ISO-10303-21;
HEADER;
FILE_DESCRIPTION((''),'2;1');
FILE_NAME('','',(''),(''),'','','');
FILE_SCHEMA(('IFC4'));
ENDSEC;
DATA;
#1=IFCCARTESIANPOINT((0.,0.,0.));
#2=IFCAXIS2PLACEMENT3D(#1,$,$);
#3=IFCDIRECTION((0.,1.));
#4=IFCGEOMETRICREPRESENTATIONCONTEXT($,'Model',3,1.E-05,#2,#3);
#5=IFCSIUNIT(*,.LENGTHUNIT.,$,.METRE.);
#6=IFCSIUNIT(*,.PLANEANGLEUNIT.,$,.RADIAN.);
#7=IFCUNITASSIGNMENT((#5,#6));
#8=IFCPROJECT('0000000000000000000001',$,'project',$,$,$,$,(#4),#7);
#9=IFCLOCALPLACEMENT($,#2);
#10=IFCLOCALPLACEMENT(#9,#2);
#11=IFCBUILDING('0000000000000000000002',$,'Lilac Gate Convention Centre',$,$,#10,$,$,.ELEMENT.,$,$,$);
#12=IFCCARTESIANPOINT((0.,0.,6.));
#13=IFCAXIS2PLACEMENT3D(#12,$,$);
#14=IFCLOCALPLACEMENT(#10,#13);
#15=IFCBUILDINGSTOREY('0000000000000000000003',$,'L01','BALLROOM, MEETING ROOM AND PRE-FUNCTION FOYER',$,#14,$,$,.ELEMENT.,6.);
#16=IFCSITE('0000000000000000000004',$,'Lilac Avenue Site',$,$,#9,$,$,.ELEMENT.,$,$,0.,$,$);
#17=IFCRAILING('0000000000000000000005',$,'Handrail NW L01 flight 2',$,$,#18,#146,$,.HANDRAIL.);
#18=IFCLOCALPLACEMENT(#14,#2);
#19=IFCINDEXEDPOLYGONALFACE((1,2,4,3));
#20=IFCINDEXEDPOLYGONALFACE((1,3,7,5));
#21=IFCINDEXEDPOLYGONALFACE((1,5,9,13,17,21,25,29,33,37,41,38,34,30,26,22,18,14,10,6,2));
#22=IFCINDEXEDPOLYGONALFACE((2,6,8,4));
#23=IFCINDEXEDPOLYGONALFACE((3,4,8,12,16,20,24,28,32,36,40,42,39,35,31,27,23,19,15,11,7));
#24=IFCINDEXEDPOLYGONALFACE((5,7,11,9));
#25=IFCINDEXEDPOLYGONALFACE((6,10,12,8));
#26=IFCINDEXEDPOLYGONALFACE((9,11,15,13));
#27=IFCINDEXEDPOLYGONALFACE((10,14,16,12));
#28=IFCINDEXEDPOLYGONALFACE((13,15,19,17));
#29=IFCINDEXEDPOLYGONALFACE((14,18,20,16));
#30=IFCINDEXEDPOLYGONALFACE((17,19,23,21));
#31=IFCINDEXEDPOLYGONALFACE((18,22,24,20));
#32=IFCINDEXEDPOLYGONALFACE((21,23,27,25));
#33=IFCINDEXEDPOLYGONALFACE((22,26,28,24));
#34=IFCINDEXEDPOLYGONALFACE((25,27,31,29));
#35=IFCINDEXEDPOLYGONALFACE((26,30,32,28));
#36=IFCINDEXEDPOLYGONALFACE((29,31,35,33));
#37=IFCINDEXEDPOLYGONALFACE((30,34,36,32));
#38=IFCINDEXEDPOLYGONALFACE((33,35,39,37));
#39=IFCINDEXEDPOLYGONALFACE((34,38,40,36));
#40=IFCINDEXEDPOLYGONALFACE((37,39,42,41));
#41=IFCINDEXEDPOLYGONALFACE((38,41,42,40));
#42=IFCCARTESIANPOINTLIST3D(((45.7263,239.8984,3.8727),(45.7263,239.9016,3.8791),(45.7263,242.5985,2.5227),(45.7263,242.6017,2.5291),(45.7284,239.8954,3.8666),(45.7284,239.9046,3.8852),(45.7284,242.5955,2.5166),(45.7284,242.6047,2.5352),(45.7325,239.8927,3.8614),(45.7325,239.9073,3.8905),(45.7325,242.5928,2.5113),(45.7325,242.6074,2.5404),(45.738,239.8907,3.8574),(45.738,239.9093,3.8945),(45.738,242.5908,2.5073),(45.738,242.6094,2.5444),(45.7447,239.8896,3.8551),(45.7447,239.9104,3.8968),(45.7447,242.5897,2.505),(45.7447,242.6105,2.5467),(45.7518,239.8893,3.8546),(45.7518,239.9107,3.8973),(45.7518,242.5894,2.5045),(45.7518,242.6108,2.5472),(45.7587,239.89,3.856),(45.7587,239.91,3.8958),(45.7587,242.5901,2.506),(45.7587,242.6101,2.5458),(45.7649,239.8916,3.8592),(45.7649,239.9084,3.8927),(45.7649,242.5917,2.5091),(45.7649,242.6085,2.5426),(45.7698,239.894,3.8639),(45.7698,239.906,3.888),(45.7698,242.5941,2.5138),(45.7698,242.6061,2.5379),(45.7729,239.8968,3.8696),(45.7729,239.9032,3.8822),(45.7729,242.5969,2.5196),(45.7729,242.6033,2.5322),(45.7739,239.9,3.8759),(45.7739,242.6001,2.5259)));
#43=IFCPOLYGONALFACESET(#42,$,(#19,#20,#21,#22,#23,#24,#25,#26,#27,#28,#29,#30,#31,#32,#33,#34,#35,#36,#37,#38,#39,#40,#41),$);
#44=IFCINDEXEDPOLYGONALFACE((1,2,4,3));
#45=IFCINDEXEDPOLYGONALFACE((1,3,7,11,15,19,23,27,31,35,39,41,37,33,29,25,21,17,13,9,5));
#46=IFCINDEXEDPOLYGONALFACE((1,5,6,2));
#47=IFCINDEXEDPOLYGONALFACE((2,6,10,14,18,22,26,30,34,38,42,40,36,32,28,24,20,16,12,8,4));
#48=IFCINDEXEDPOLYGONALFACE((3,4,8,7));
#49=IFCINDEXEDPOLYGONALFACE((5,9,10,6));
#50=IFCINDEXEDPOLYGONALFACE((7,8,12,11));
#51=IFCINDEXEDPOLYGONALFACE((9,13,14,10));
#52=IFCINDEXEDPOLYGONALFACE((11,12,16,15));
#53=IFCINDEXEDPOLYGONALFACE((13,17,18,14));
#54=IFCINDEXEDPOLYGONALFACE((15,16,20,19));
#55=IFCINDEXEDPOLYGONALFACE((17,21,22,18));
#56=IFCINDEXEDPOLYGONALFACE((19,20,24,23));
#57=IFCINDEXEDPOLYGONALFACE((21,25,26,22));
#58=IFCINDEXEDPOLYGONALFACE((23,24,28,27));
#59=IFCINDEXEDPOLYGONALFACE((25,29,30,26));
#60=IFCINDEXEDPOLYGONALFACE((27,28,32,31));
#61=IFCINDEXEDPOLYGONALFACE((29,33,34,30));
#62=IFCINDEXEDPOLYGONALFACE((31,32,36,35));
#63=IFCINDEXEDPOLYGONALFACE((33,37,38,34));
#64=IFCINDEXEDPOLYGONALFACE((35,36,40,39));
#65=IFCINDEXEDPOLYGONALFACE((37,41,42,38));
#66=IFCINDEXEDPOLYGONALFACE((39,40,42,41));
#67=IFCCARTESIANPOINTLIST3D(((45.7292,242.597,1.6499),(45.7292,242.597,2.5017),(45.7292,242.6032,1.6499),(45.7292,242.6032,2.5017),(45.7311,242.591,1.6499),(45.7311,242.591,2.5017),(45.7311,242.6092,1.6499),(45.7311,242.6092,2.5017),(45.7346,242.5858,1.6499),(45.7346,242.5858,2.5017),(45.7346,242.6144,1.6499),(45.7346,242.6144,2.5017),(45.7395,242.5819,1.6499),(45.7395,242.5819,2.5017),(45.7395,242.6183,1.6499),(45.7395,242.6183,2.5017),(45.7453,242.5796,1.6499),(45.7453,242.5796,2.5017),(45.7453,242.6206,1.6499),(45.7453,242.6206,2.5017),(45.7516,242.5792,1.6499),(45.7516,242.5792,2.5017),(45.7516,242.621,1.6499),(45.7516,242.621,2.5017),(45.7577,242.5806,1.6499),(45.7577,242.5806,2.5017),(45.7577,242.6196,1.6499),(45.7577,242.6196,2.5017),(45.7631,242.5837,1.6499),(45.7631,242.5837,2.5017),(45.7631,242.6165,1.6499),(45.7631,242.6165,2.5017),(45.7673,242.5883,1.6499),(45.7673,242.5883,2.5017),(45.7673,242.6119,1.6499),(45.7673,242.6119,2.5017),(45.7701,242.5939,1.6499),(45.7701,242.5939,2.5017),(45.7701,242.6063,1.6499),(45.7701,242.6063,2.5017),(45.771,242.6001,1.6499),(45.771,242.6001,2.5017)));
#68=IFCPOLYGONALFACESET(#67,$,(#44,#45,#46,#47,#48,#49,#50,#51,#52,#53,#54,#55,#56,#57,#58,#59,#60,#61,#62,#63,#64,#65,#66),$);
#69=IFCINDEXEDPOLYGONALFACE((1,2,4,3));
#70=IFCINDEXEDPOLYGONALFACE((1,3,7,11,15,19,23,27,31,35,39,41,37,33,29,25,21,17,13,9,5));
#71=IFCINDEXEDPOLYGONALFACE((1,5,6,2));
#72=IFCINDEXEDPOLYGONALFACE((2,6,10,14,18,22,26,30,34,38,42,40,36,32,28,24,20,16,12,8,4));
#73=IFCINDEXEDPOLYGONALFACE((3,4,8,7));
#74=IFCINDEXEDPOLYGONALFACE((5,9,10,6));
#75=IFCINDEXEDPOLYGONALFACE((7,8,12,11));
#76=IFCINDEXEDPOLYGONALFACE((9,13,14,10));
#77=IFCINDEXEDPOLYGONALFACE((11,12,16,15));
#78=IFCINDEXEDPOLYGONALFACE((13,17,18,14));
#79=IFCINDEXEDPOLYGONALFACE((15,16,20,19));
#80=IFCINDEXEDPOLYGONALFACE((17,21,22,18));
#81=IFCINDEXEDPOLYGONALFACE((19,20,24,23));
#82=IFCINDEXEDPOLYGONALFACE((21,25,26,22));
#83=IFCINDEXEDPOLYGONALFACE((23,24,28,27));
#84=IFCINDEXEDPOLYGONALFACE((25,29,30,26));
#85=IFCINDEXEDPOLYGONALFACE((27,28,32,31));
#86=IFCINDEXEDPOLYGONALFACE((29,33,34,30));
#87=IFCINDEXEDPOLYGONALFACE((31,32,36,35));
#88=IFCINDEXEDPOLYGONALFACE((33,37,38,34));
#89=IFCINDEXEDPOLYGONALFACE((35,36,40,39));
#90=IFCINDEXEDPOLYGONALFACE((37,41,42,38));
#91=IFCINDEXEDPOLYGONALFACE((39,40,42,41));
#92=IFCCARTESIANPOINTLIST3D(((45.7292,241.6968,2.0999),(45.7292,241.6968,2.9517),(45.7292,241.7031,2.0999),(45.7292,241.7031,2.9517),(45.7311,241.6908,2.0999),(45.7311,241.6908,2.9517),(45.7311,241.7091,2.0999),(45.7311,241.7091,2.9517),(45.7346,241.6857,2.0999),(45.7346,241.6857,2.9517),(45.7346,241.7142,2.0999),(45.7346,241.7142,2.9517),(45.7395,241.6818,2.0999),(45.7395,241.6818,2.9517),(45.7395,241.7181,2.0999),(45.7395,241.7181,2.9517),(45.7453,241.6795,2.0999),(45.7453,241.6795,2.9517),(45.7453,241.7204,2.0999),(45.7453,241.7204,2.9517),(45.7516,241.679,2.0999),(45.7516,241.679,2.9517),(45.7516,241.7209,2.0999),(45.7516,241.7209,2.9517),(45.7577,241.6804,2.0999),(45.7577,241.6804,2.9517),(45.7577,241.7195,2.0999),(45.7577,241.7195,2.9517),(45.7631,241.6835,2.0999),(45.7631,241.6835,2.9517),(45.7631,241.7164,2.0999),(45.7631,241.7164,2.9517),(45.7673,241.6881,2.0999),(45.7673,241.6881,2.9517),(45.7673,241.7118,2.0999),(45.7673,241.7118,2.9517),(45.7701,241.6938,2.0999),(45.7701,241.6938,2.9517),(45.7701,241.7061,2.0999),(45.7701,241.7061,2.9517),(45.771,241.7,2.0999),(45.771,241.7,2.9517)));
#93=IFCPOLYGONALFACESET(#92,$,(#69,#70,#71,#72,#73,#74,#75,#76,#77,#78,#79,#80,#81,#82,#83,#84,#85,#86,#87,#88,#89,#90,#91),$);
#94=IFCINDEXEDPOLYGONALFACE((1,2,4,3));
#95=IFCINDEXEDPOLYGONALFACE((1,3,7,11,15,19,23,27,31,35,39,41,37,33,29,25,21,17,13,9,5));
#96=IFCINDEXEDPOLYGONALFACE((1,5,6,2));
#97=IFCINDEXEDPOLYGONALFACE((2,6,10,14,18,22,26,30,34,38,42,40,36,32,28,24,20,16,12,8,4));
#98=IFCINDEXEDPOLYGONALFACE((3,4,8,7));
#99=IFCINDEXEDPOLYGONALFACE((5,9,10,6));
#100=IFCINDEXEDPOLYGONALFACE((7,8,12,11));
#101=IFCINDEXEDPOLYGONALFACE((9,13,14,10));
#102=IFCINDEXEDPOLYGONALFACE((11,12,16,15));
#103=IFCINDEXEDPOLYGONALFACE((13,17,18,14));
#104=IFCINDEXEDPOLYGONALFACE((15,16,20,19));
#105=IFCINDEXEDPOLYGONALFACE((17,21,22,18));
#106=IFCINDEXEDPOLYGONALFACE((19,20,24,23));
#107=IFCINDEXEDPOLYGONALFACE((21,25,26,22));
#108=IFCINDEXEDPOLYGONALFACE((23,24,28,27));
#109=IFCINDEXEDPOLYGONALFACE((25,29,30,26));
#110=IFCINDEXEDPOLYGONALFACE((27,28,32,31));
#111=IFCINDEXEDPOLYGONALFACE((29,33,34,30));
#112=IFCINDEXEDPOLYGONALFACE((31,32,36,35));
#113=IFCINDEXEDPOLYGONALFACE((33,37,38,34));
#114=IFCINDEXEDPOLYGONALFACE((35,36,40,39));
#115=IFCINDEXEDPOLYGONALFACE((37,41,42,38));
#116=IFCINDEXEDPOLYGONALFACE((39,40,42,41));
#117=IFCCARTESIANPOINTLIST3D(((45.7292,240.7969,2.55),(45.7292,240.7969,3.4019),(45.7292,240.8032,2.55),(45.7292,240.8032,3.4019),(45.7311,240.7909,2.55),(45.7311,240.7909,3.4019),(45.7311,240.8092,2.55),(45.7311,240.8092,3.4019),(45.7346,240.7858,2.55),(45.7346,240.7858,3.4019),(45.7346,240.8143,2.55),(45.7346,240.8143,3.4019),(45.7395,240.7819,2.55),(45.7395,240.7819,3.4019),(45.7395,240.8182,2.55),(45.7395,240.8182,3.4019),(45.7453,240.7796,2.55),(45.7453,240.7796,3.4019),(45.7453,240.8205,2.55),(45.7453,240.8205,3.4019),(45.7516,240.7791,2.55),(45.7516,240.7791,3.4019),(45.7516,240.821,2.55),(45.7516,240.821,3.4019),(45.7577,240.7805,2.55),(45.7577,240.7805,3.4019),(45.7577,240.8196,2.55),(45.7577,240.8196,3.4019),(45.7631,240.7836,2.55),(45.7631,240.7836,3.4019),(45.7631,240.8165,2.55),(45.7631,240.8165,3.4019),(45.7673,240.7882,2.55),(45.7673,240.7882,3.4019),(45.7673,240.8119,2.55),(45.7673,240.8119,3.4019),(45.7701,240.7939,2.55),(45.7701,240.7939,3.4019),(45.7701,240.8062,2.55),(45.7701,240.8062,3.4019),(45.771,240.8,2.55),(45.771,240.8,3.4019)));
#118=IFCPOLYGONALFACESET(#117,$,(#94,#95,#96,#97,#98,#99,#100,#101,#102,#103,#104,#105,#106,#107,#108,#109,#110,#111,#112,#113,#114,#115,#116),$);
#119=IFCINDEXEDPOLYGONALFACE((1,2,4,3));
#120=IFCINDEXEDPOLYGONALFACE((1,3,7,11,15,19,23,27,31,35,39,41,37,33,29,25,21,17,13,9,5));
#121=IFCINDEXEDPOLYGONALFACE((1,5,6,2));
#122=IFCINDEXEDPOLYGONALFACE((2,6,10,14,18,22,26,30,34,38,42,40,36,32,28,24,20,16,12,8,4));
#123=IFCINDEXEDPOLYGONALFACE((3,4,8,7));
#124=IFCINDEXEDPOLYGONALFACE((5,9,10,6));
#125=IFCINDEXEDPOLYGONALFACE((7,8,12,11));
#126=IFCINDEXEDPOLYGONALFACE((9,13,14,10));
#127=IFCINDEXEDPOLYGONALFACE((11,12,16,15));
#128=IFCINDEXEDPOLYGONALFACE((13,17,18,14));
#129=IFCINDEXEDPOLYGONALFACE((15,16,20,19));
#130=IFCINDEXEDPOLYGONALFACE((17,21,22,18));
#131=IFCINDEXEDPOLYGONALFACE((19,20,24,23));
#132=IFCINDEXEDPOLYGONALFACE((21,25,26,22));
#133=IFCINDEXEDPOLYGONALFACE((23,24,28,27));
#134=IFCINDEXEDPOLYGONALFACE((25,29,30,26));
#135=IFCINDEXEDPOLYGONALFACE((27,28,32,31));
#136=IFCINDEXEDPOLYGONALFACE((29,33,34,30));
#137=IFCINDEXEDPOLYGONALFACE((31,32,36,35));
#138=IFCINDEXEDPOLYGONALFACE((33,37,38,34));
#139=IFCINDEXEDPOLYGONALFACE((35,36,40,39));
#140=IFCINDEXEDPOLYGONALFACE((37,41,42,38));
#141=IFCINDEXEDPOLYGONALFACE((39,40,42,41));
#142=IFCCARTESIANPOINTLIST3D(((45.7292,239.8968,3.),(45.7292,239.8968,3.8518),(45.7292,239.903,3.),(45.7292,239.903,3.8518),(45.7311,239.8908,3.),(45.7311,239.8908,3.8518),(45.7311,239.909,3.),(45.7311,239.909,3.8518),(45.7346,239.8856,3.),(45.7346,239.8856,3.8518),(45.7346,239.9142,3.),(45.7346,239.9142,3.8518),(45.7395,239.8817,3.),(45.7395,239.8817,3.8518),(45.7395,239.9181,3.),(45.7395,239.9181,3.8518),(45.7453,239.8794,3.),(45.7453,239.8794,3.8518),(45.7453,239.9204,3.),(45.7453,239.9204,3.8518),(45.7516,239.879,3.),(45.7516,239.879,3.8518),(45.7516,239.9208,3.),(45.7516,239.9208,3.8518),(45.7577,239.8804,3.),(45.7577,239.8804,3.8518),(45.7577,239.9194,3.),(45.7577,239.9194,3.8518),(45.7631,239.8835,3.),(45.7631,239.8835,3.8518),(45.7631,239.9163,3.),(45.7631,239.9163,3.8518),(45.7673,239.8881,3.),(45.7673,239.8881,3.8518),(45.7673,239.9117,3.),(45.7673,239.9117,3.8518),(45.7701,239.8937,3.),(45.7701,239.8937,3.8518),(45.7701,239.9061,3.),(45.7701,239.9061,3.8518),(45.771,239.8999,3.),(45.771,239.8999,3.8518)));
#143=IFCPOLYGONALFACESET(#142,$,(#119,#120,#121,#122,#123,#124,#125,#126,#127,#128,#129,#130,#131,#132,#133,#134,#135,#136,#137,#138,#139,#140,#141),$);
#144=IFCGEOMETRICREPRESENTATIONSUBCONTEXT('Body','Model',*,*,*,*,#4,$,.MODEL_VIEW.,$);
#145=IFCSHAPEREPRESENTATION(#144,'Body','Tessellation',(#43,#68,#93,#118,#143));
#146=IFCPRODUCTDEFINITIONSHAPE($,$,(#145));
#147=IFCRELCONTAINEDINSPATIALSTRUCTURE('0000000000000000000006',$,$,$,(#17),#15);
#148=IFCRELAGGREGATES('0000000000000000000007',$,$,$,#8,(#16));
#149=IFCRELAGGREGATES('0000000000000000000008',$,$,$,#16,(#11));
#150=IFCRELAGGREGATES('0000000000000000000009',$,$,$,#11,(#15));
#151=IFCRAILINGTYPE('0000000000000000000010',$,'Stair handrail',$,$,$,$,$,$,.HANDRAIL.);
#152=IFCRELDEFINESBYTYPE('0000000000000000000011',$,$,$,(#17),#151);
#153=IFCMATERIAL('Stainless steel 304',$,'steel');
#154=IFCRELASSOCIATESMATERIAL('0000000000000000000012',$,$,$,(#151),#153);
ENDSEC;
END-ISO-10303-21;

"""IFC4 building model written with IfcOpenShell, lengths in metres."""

from ifc_helpers import new_model, si_unit, direction, frame, origin, origin_2d, place, context, subcontext, project, spatial, circle, extrude, material, type_object, element, save


model = new_model("IFC4")

# Units and contexts
model_context = context("Model", 3, precision=1e-05, world=origin(), true_north=direction((0.0, 1.0)))
body_context = subcontext(model_context, "Body", "Model", "MODEL_VIEW")
ifc_project = project(units=[si_unit("LENGTHUNIT", "METRE"), si_unit("PLANEANGLEUNIT", "RADIAN")], contexts=[model_context])

# Site, building, storey
site_placement = place(None, origin())
site = spatial("IfcSite", under=ifc_project, at=site_placement, Name="Lilac Avenue Site", CompositionType="ELEMENT", RefElevation=0.0)
building_placement = place(site_placement, origin())
building = spatial("IfcBuilding", under=site, at=building_placement, Name="Lilac Gate Convention Centre", CompositionType="ELEMENT")
storey_placement = place(building_placement, frame((0.0, 0.0, 6.0)))
storey = spatial("IfcBuildingStorey", under=building, at=storey_placement, Name="L01", Description="BALLROOM, MEETING ROOM AND PRE-FUNCTION FOYER", CompositionType="ELEMENT", Elevation=6.0)

# Railing
ifc_material_1 = material(Name="Stainless steel 304", Category="steel")
railing_type = type_object("IfcRailingType", Name="Stair handrail", PredefinedType="HANDRAIL", material=ifc_material_1)
for number, where, name in (
    (1, (45.75, 242.6001, 1.6499), "Handrail NW L01 flight 2"),
):
    element("IfcRailing", number, at=place(storey_placement, frame(where)), inside=storey, type_object=railing_type, Name=name, PredefinedType="HANDRAIL", context=body_context, shape_type="SweptSolid", body=[
        extrude(circle(Radius=0.0239, at=origin_2d()), frame((0.0, 0.0, 0.876), z_axis=(0.0, -0.894427, 0.447214), x_axis=(1.0, 0.0, 0.0)), (0.0, 0.0, 1.0), 3.0188),
        extrude(circle(Radius=0.021, at=origin_2d()), origin(), (0.0, 0.0, 1.0), 0.8518),
        extrude(circle(Radius=0.021, at=origin_2d()), frame((0.0, -0.9001, 0.45)), (0.0, 0.0, 1.0), 0.8518),
        extrude(circle(Radius=0.021, at=origin_2d()), frame((0.0, -1.8, 0.9001)), (0.0, 0.0, 1.0), 0.8518),
        extrude(circle(Radius=0.021, at=origin_2d()), frame((0.0, -2.7002, 1.3501)), (0.0, 0.0, 1.0), 0.8518),
    ])

save(model, "model.ifc")
